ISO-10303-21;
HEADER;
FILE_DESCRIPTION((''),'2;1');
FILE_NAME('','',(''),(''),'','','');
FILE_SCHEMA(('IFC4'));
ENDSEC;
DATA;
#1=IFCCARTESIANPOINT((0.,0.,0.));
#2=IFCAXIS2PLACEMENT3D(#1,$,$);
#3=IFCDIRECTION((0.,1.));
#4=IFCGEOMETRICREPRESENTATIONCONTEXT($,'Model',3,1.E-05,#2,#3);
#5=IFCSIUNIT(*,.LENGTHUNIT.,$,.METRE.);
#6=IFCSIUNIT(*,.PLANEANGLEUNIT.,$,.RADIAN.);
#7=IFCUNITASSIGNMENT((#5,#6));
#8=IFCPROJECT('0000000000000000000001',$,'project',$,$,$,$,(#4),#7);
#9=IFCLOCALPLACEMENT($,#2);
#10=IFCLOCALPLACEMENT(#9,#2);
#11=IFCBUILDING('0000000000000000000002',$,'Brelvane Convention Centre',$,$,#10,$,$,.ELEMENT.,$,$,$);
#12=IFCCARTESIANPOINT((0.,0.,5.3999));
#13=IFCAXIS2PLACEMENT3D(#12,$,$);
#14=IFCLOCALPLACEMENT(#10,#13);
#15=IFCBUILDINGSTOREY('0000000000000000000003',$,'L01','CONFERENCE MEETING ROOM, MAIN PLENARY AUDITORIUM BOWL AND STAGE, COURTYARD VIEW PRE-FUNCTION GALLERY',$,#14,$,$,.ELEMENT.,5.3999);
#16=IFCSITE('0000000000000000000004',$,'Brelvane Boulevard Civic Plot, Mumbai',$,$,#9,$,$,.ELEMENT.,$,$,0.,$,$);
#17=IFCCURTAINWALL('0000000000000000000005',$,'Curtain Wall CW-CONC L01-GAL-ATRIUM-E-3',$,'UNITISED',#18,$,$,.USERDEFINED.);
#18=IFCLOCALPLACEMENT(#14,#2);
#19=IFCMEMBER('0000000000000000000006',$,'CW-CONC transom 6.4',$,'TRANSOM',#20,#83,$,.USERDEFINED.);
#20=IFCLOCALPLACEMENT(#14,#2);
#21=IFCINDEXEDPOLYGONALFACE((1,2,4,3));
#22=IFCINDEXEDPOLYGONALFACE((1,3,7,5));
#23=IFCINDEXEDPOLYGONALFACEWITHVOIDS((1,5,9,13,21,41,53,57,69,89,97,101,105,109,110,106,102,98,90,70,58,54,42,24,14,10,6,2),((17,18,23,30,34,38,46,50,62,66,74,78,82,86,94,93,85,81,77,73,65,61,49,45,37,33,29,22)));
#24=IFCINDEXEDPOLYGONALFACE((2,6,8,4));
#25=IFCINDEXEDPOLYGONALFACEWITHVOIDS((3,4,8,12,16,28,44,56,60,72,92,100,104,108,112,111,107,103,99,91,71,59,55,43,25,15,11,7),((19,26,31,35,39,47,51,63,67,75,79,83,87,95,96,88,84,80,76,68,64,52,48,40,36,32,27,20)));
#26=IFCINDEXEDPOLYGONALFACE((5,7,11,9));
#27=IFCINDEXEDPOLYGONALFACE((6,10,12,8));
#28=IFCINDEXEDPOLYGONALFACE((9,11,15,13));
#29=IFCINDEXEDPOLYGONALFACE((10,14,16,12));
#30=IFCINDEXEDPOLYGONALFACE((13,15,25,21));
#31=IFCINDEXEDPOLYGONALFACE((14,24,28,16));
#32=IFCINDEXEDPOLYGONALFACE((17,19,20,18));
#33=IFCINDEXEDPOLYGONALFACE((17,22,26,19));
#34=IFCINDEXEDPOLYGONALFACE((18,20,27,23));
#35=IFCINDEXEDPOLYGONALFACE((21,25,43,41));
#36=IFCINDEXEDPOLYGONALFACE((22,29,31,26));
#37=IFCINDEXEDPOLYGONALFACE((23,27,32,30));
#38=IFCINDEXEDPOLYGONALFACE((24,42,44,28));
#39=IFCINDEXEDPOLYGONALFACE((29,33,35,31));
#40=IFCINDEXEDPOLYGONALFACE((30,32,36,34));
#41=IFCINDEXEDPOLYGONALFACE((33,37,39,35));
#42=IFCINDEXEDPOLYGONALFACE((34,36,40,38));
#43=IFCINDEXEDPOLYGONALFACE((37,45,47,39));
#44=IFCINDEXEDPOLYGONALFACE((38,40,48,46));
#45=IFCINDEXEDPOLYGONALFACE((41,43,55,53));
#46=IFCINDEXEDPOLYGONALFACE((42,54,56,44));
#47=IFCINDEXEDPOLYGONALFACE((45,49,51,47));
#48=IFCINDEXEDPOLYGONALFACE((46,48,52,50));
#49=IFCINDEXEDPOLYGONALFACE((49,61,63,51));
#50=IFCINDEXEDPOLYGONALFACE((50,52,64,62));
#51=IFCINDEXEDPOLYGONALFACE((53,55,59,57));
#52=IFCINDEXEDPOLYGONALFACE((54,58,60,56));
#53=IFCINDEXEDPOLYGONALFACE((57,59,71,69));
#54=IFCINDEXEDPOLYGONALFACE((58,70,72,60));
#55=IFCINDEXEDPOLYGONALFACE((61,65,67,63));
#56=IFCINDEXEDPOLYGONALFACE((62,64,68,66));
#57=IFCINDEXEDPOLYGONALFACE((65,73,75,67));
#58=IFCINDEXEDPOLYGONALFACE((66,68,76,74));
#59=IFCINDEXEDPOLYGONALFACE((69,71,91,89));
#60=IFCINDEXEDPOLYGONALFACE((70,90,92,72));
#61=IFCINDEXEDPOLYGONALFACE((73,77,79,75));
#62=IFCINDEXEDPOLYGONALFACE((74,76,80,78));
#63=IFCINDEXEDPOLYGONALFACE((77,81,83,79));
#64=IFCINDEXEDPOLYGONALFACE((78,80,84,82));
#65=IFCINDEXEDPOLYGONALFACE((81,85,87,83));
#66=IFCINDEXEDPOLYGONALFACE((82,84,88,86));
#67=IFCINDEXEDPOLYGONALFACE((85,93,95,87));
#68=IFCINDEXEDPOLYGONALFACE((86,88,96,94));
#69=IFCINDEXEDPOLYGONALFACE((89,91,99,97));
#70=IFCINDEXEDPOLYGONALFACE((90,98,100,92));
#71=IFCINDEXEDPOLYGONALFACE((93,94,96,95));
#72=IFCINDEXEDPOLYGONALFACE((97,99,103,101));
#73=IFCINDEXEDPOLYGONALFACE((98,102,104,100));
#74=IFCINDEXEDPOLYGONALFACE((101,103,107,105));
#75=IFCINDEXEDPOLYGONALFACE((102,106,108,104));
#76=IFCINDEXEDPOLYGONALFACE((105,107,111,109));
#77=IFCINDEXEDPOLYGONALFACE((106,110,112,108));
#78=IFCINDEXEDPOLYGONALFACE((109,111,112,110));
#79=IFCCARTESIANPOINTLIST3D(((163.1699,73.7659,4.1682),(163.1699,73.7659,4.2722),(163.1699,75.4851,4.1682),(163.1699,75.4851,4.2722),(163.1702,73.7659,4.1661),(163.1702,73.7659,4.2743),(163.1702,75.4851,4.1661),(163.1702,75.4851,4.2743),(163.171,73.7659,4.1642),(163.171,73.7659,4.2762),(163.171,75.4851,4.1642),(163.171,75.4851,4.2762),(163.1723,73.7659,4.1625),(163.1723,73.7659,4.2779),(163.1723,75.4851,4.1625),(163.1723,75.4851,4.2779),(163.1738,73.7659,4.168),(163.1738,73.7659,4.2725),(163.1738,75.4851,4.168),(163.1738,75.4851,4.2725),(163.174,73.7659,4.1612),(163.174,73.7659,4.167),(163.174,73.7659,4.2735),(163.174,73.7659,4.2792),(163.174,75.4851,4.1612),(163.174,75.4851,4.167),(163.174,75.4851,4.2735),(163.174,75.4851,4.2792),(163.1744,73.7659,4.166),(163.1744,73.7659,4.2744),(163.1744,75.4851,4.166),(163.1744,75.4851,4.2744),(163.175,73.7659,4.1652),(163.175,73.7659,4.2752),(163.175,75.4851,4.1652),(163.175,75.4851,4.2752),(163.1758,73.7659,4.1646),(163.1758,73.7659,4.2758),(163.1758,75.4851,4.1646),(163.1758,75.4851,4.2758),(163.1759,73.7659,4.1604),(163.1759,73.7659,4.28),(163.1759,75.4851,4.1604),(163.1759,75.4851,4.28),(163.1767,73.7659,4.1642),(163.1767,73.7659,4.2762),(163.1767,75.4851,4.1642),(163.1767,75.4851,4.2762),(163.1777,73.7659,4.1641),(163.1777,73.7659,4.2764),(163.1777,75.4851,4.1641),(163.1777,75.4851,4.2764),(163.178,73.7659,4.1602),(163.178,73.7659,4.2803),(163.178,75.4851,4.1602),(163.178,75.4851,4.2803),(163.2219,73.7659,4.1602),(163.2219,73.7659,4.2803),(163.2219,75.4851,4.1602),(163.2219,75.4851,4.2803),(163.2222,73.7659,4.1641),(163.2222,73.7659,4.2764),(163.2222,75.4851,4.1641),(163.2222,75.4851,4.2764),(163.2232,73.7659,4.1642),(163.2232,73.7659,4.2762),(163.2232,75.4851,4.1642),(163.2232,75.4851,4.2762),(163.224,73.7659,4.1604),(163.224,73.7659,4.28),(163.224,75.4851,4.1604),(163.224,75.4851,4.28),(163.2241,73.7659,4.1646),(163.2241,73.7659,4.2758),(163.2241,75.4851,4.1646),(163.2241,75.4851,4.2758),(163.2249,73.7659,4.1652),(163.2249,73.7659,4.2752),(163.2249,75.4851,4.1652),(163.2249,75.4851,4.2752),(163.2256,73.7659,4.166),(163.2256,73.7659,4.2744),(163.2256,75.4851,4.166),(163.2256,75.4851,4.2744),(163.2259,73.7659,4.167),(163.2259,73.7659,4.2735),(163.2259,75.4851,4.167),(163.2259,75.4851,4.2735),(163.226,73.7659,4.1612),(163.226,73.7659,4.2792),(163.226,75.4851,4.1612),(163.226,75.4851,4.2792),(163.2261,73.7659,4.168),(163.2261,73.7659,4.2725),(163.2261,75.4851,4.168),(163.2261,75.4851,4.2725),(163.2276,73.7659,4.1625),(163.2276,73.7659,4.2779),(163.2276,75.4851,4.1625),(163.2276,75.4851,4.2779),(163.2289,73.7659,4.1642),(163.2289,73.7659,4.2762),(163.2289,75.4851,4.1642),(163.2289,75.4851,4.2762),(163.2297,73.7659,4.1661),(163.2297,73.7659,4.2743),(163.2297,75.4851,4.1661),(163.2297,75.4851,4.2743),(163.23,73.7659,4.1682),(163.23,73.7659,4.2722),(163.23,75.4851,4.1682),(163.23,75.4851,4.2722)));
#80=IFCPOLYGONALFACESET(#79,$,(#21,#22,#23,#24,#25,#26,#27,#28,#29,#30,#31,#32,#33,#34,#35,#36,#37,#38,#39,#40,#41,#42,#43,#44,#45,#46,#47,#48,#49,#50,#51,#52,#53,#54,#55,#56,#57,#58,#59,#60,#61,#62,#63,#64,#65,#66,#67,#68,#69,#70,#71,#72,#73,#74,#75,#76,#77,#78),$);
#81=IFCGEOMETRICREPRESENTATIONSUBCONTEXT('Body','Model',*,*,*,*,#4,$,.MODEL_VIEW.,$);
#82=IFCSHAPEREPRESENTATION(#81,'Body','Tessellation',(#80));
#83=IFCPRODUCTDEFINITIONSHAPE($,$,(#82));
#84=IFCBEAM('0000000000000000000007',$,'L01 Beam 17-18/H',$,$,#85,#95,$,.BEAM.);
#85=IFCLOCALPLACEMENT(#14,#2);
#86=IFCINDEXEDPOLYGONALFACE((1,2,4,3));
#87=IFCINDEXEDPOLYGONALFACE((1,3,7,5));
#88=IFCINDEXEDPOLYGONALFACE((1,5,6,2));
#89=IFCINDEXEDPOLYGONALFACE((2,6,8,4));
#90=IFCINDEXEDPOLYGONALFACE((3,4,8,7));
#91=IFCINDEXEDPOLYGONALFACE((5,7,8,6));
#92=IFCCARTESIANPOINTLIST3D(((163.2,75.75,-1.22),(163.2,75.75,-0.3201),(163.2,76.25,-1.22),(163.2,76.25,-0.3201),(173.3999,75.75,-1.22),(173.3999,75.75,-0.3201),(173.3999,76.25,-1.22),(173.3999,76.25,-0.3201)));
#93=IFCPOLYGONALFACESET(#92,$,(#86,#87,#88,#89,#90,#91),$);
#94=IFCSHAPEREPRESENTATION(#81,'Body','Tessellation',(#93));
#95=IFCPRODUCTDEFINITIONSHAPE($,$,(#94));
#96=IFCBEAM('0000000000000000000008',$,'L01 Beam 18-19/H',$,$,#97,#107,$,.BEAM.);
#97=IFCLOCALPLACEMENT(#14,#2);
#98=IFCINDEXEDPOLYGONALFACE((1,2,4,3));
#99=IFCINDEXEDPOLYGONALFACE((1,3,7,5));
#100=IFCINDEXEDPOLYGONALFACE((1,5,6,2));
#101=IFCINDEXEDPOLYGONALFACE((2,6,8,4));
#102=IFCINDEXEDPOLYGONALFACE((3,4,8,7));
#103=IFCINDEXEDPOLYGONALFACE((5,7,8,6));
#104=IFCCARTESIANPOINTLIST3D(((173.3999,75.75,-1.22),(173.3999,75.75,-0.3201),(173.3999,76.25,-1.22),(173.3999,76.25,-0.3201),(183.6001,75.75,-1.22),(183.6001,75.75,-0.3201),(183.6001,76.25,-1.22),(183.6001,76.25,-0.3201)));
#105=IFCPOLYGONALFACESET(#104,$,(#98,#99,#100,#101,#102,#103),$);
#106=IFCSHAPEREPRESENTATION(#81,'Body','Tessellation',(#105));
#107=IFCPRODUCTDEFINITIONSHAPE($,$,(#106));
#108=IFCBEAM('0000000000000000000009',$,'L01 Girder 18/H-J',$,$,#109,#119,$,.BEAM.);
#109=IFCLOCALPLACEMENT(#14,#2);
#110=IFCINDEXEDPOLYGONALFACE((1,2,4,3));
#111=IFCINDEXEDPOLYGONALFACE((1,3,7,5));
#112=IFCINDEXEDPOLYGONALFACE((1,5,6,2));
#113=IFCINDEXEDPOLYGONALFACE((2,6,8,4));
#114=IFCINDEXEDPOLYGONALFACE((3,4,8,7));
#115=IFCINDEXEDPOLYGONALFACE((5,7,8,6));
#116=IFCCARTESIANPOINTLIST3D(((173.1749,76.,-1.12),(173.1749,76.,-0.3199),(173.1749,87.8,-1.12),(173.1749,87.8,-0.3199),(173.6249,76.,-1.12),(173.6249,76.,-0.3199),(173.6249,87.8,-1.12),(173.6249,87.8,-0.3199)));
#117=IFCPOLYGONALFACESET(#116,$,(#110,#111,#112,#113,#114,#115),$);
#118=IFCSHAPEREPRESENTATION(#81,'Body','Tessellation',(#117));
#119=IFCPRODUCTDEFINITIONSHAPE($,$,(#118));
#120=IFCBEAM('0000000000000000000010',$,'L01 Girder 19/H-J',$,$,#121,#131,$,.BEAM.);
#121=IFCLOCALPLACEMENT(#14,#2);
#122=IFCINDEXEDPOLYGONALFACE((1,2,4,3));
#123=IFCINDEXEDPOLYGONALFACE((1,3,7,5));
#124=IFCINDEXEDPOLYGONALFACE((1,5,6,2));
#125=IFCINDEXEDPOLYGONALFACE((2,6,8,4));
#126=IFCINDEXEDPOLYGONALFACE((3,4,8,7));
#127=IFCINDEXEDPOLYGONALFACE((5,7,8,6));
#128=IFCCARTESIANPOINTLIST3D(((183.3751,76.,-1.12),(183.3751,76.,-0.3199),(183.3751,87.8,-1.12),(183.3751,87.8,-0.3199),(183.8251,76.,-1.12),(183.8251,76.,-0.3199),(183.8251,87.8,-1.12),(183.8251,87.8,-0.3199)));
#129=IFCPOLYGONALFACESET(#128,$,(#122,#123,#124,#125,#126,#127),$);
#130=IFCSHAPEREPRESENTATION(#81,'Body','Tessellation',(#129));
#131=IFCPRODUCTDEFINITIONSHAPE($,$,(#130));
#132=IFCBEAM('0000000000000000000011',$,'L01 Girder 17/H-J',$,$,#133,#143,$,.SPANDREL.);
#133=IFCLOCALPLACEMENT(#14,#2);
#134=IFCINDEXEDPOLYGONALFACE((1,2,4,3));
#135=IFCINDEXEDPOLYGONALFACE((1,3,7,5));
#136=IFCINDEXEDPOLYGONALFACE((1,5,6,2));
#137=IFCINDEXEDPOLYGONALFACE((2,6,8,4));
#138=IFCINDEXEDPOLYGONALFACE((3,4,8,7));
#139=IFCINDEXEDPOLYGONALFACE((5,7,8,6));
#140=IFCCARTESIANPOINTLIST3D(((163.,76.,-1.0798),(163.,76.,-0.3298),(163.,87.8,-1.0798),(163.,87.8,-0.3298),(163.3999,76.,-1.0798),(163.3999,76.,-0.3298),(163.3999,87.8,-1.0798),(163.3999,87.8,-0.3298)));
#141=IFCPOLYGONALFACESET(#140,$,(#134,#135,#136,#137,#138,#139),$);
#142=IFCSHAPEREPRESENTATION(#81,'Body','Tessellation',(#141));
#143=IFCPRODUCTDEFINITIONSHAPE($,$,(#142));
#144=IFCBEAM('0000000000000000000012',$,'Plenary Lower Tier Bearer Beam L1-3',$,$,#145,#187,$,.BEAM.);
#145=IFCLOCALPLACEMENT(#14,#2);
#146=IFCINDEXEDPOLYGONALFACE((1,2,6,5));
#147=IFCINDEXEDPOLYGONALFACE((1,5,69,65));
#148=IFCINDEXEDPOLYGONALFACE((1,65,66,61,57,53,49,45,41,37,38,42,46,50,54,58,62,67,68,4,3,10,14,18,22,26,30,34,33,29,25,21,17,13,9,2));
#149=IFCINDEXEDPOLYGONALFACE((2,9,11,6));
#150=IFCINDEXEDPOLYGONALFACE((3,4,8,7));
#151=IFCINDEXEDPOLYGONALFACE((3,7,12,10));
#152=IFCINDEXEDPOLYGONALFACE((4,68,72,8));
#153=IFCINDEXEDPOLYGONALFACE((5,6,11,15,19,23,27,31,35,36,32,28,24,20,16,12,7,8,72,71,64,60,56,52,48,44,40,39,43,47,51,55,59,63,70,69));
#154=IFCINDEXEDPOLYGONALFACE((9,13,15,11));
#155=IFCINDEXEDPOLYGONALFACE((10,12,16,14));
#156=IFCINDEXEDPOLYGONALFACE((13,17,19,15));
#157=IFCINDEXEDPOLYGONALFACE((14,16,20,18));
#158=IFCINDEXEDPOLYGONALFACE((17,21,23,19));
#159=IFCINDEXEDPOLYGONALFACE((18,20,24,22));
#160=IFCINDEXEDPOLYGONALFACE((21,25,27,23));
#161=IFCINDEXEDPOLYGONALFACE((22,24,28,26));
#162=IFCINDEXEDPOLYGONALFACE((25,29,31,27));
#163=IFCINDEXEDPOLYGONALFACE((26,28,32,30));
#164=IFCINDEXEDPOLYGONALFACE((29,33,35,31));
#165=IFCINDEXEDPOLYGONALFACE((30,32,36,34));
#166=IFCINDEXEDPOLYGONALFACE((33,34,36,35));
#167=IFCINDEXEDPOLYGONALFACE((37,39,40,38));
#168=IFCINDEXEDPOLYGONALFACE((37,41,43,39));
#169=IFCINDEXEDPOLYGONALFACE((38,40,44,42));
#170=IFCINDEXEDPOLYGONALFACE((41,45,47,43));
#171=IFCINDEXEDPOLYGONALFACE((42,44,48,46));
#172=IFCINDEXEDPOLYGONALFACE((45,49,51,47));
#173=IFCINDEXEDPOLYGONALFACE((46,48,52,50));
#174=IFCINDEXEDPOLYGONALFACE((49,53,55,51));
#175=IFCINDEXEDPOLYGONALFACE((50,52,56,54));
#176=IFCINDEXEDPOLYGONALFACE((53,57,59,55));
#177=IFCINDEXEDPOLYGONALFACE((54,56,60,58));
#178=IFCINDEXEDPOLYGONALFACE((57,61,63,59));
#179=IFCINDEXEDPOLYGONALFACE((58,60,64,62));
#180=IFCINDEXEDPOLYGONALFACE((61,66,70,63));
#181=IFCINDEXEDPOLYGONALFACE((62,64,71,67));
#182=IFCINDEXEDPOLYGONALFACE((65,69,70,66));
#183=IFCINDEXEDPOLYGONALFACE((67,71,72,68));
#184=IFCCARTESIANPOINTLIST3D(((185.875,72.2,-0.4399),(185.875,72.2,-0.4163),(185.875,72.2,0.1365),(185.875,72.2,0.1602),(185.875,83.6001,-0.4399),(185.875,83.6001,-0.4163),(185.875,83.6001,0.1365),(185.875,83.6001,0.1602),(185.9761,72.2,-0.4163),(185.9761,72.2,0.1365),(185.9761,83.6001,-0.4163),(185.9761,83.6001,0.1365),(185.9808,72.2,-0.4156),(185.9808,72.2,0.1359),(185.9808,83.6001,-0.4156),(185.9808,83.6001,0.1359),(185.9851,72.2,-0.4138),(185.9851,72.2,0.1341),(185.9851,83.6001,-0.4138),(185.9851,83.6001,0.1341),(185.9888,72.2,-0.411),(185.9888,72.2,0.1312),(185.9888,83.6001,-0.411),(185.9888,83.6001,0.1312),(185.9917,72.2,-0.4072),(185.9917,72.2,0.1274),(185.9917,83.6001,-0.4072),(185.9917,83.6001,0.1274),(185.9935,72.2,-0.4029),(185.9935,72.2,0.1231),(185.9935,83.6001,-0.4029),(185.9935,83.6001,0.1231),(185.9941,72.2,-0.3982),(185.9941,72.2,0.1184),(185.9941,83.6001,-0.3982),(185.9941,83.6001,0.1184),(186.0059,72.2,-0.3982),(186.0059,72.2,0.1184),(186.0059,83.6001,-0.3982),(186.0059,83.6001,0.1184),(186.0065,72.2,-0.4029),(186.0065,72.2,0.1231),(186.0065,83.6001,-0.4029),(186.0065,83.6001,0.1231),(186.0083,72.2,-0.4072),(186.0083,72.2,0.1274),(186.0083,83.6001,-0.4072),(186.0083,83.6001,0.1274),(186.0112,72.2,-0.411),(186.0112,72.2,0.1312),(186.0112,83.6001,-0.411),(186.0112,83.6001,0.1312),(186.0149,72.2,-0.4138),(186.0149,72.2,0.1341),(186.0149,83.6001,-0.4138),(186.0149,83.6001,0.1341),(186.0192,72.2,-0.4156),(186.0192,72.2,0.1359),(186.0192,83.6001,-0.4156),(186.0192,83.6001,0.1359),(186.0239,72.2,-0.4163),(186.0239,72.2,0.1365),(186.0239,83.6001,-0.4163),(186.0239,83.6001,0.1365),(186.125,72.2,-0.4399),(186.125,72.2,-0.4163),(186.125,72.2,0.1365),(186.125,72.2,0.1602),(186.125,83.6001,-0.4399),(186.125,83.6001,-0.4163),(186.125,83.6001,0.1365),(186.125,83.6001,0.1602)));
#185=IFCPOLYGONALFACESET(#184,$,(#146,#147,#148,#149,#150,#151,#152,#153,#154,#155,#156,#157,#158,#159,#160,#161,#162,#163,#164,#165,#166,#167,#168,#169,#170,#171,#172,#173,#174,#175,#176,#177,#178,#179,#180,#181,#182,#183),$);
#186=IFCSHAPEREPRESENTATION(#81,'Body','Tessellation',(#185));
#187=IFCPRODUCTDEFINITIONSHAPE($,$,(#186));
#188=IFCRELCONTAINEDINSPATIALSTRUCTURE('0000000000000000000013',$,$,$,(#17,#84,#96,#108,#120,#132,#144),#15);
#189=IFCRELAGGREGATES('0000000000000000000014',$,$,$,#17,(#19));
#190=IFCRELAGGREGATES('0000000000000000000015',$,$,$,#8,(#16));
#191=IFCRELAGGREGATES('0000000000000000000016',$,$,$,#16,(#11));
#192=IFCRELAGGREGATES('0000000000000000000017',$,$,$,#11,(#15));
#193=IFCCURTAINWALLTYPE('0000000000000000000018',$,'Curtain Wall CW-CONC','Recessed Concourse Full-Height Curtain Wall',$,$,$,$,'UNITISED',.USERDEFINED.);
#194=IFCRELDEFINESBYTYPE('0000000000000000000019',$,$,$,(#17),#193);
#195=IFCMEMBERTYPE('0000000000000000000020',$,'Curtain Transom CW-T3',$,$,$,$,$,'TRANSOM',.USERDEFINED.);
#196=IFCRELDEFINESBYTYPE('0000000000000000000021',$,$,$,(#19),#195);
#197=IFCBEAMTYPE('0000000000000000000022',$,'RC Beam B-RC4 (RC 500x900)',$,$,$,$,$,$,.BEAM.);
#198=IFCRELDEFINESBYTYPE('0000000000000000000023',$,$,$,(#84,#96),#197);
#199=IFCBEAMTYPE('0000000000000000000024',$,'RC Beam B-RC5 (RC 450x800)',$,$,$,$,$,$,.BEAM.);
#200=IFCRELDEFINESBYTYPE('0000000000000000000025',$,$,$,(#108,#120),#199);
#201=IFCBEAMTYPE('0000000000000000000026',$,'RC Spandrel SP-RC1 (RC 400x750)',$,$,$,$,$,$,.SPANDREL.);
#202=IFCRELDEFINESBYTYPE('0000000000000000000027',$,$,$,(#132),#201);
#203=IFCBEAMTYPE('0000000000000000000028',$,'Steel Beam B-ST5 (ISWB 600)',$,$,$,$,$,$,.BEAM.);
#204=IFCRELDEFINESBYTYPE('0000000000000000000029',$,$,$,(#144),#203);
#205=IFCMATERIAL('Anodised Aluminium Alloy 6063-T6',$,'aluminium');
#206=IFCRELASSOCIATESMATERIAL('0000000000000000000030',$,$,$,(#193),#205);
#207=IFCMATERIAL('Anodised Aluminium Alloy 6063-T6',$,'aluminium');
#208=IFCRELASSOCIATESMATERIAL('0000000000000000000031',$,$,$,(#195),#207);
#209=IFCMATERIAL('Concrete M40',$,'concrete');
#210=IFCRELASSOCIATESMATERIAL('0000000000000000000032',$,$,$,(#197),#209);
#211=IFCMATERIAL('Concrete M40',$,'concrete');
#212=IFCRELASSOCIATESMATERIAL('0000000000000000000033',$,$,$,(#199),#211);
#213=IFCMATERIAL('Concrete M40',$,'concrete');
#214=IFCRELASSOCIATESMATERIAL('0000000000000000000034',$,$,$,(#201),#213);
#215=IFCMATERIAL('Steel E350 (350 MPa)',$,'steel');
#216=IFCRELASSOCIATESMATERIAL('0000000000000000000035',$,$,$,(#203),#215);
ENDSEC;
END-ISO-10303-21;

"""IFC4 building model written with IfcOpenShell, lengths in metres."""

from ifc_helpers import new_model, si_unit, direction, frame, origin, origin_2d, place, context, subcontext, project, spatial, rectangle, hollow_rectangle, i_section, extrude, material, material_profile, profile_set, type_object, element, aggregate, save


model = new_model("IFC4")

# Units and contexts
model_context = context("Model", 3, precision=1e-05, world=origin(), true_north=direction((0.0, 1.0)))
body_context = subcontext(model_context, "Body", "Model", "MODEL_VIEW")
ifc_project = project(units=[si_unit("LENGTHUNIT", "METRE"), si_unit("PLANEANGLEUNIT", "RADIAN")], contexts=[model_context])

# Site, building, storey
site_placement = place(None, origin())
site = spatial("IfcSite", under=ifc_project, at=site_placement, Name="Brelvane Boulevard Civic Plot, Mumbai", CompositionType="ELEMENT", RefElevation=0.0)
building_placement = place(site_placement, origin())
building = spatial("IfcBuilding", under=site, at=building_placement, Name="Brelvane Convention Centre", CompositionType="ELEMENT")
storey_placement = place(building_placement, frame((0.0, 0.0, 5.3999)))
storey = spatial("IfcBuildingStorey", under=building, at=storey_placement, Name="L01", Description="CONFERENCE MEETING ROOM, MAIN PLENARY AUDITORIUM BOWL AND STAGE, COURTYARD VIEW PRE-FUNCTION GALLERY", CompositionType="ELEMENT", Elevation=5.3999)

# Curtain wall, member
ifc_material_1 = material(Name="Anodised Aluminium Alloy 6063-T6", Category="aluminium")
curtain_wall_type = type_object("IfcCurtainWallType", Name="Curtain Wall CW-CONC", Description="Recessed Concourse Full-Height Curtain Wall", ElementType="UNITISED", PredefinedType="USERDEFINED", material=ifc_material_1)
curtain_wall_placement = place(storey_placement, origin())
curtain_wall = element("IfcCurtainWall", 1, at=curtain_wall_placement, inside=storey, type_object=curtain_wall_type, Name="Curtain Wall CW-CONC L01-GAL-ATRIUM-E-3", ObjectType="UNITISED", PredefinedType="USERDEFINED")
ifc_material_2 = material(Name="Anodised Aluminium Alloy 6063-T6", Category="aluminium")
ifc_material_profile_1 = material_profile(ifc_material_2, hollow_rectangle(XDim=0.0601, YDim=0.1201, WallThickness=0.0039, InnerFilletRadius=0.0039, OuterFilletRadius=0.0081, at=origin_2d()), Name="ALU-T 120x60x4.0")
ifc_profile_set_1 = profile_set([ifc_material_profile_1], Name="Anodised Aluminium Alloy 6063-T6")
member_type_1 = type_object("IfcMemberType", Name="Curtain Transom CW-T3", ElementType="TRANSOM", PredefinedType="USERDEFINED", material=ifc_profile_set_1)
member_1_placement = place(storey_placement, frame((163.2, 73.7659, 4.2202), z_axis=(0.0, 1.0, 0.0), x_axis=(-1.0, 0.0, 0.0)))
member_1 = element("IfcMember", 2, at=member_1_placement, type_object=member_type_1, Name="CW-CONC transom 6.4", ObjectType="TRANSOM", PredefinedType="USERDEFINED", context=body_context, shape_type="SweptSolid", body=[
    extrude(hollow_rectangle(XDim=0.0601, YDim=0.1201, WallThickness=0.0039, InnerFilletRadius=0.0039, OuterFilletRadius=0.0081, at=origin_2d()), origin(), (0.0, 0.0, 1.0), 1.7192),
])

# Beams
ifc_material_3 = material(Name="Concrete M40", Category="concrete")
ifc_material_profile_2 = material_profile(ifc_material_3, rectangle(XDim=0.5, YDim=0.8999, at=origin_2d()), Name="RC 500x900")
ifc_profile_set_2 = profile_set([ifc_material_profile_2], Name="Concrete M40")
beam_type_1 = type_object("IfcBeamType", Name="RC Beam B-RC4 (RC 500x900)", PredefinedType="BEAM", material=ifc_profile_set_2)
beam_1_placement = place(storey_placement, frame((163.2, 76.0, -0.77), z_axis=(1.0, 0.0, 0.0), x_axis=(0.0, 1.0, 0.0)))
element("IfcBeam", 3, at=beam_1_placement, inside=storey, type_object=beam_type_1, Name="L01 Beam 17-18/H", PredefinedType="BEAM", context=body_context, shape_type="SweptSolid", body=[
    extrude(rectangle(XDim=0.5, YDim=0.8999, at=origin_2d()), origin(), (0.0, 0.0, 1.0), 10.2),
])
beam_2_placement = place(storey_placement, frame((173.3999, 76.0, -0.77), z_axis=(1.0, 0.0, 0.0), x_axis=(0.0, 1.0, 0.0)))
element("IfcBeam", 4, at=beam_2_placement, inside=storey, type_object=beam_type_1, Name="L01 Beam 18-19/H", PredefinedType="BEAM", context=body_context, shape_type="SweptSolid", body=[
    extrude(rectangle(XDim=0.5, YDim=0.8999, at=origin_2d()), origin(), (0.0, 0.0, 1.0), 10.2002),
])
ifc_material_4 = material(Name="Concrete M40", Category="concrete")
ifc_material_profile_3 = material_profile(ifc_material_4, rectangle(XDim=0.45, YDim=0.8, at=origin_2d()), Name="RC 450x800")
ifc_profile_set_3 = profile_set([ifc_material_profile_3], Name="Concrete M40")
beam_type_2 = type_object("IfcBeamType", Name="RC Beam B-RC5 (RC 450x800)", PredefinedType="BEAM", material=ifc_profile_set_3)
for number, where, z_axis, x_axis, name in (
    (5, (173.3999, 76.0, -0.72), (0.0, 1.0, 0.0), (-1.0, 0.0, 0.0), "L01 Girder 18/H-J"),
    (6, (183.6001, 76.0, -0.72), (0.0, 1.0, 0.0), (-1.0, 0.0, 0.0), "L01 Girder 19/H-J"),
):
    element("IfcBeam", number, at=place(storey_placement, frame(where, z_axis=z_axis, x_axis=x_axis)), inside=storey, type_object=beam_type_2, Name=name, PredefinedType="BEAM", context=body_context, shape_type="SweptSolid", body=[
        extrude(rectangle(XDim=0.45, YDim=0.8, at=origin_2d()), origin(), (0.0, 0.0, 1.0), 11.8),
    ])
ifc_material_5 = material(Name="Concrete M40", Category="concrete")
ifc_material_profile_4 = material_profile(ifc_material_5, rectangle(XDim=0.3999, YDim=0.75, at=origin_2d()), Name="RC 400x750")
ifc_profile_set_4 = profile_set([ifc_material_profile_4], Name="Concrete M40")
beam_type_3 = type_object("IfcBeamType", Name="RC Spandrel SP-RC1 (RC 400x750)", PredefinedType="SPANDREL", material=ifc_profile_set_4)
beam_3_placement = place(storey_placement, frame((163.2, 76.0, -0.7048), z_axis=(0.0, 1.0, 0.0), x_axis=(-1.0, 0.0, 0.0)))
element("IfcBeam", 7, at=beam_3_placement, inside=storey, type_object=beam_type_3, Name="L01 Girder 17/H-J", PredefinedType="SPANDREL", context=body_context, shape_type="SweptSolid", body=[
    extrude(rectangle(XDim=0.3999, YDim=0.75, at=origin_2d()), origin(), (0.0, 0.0, 1.0), 11.8),
])
ifc_material_6 = material(Name="Steel E350 (350 MPa)", Category="steel")
ifc_material_profile_5 = material_profile(ifc_material_6, i_section(OverallWidth=0.25, OverallDepth=0.6001, WebThickness=0.0117, FlangeThickness=0.0237, FilletRadius=0.0181, at=origin_2d()), Name="ISWB 600")
ifc_profile_set_5 = profile_set([ifc_material_profile_5], Name="Steel E350 (350 MPa)")
beam_type_4 = type_object("IfcBeamType", Name="Steel Beam B-ST5 (ISWB 600)", PredefinedType="BEAM", material=ifc_profile_set_5)
beam_4_placement = place(storey_placement, frame((186.0, 72.2, -0.1399), z_axis=(0.0, 1.0, 0.0), x_axis=(-1.0, 0.0, 0.0)))
element("IfcBeam", 8, at=beam_4_placement, inside=storey, type_object=beam_type_4, Name="Plenary Lower Tier Bearer Beam L1-3", PredefinedType="BEAM", context=body_context, shape_type="SweptSolid", body=[
    extrude(i_section(OverallWidth=0.25, OverallDepth=0.6001, WebThickness=0.0117, FlangeThickness=0.0237, FilletRadius=0.0181, at=origin_2d()), origin(), (0.0, 0.0, 1.0), 11.4001),
])

aggregate(curtain_wall, [member_1])

save(model, "model.ifc")
